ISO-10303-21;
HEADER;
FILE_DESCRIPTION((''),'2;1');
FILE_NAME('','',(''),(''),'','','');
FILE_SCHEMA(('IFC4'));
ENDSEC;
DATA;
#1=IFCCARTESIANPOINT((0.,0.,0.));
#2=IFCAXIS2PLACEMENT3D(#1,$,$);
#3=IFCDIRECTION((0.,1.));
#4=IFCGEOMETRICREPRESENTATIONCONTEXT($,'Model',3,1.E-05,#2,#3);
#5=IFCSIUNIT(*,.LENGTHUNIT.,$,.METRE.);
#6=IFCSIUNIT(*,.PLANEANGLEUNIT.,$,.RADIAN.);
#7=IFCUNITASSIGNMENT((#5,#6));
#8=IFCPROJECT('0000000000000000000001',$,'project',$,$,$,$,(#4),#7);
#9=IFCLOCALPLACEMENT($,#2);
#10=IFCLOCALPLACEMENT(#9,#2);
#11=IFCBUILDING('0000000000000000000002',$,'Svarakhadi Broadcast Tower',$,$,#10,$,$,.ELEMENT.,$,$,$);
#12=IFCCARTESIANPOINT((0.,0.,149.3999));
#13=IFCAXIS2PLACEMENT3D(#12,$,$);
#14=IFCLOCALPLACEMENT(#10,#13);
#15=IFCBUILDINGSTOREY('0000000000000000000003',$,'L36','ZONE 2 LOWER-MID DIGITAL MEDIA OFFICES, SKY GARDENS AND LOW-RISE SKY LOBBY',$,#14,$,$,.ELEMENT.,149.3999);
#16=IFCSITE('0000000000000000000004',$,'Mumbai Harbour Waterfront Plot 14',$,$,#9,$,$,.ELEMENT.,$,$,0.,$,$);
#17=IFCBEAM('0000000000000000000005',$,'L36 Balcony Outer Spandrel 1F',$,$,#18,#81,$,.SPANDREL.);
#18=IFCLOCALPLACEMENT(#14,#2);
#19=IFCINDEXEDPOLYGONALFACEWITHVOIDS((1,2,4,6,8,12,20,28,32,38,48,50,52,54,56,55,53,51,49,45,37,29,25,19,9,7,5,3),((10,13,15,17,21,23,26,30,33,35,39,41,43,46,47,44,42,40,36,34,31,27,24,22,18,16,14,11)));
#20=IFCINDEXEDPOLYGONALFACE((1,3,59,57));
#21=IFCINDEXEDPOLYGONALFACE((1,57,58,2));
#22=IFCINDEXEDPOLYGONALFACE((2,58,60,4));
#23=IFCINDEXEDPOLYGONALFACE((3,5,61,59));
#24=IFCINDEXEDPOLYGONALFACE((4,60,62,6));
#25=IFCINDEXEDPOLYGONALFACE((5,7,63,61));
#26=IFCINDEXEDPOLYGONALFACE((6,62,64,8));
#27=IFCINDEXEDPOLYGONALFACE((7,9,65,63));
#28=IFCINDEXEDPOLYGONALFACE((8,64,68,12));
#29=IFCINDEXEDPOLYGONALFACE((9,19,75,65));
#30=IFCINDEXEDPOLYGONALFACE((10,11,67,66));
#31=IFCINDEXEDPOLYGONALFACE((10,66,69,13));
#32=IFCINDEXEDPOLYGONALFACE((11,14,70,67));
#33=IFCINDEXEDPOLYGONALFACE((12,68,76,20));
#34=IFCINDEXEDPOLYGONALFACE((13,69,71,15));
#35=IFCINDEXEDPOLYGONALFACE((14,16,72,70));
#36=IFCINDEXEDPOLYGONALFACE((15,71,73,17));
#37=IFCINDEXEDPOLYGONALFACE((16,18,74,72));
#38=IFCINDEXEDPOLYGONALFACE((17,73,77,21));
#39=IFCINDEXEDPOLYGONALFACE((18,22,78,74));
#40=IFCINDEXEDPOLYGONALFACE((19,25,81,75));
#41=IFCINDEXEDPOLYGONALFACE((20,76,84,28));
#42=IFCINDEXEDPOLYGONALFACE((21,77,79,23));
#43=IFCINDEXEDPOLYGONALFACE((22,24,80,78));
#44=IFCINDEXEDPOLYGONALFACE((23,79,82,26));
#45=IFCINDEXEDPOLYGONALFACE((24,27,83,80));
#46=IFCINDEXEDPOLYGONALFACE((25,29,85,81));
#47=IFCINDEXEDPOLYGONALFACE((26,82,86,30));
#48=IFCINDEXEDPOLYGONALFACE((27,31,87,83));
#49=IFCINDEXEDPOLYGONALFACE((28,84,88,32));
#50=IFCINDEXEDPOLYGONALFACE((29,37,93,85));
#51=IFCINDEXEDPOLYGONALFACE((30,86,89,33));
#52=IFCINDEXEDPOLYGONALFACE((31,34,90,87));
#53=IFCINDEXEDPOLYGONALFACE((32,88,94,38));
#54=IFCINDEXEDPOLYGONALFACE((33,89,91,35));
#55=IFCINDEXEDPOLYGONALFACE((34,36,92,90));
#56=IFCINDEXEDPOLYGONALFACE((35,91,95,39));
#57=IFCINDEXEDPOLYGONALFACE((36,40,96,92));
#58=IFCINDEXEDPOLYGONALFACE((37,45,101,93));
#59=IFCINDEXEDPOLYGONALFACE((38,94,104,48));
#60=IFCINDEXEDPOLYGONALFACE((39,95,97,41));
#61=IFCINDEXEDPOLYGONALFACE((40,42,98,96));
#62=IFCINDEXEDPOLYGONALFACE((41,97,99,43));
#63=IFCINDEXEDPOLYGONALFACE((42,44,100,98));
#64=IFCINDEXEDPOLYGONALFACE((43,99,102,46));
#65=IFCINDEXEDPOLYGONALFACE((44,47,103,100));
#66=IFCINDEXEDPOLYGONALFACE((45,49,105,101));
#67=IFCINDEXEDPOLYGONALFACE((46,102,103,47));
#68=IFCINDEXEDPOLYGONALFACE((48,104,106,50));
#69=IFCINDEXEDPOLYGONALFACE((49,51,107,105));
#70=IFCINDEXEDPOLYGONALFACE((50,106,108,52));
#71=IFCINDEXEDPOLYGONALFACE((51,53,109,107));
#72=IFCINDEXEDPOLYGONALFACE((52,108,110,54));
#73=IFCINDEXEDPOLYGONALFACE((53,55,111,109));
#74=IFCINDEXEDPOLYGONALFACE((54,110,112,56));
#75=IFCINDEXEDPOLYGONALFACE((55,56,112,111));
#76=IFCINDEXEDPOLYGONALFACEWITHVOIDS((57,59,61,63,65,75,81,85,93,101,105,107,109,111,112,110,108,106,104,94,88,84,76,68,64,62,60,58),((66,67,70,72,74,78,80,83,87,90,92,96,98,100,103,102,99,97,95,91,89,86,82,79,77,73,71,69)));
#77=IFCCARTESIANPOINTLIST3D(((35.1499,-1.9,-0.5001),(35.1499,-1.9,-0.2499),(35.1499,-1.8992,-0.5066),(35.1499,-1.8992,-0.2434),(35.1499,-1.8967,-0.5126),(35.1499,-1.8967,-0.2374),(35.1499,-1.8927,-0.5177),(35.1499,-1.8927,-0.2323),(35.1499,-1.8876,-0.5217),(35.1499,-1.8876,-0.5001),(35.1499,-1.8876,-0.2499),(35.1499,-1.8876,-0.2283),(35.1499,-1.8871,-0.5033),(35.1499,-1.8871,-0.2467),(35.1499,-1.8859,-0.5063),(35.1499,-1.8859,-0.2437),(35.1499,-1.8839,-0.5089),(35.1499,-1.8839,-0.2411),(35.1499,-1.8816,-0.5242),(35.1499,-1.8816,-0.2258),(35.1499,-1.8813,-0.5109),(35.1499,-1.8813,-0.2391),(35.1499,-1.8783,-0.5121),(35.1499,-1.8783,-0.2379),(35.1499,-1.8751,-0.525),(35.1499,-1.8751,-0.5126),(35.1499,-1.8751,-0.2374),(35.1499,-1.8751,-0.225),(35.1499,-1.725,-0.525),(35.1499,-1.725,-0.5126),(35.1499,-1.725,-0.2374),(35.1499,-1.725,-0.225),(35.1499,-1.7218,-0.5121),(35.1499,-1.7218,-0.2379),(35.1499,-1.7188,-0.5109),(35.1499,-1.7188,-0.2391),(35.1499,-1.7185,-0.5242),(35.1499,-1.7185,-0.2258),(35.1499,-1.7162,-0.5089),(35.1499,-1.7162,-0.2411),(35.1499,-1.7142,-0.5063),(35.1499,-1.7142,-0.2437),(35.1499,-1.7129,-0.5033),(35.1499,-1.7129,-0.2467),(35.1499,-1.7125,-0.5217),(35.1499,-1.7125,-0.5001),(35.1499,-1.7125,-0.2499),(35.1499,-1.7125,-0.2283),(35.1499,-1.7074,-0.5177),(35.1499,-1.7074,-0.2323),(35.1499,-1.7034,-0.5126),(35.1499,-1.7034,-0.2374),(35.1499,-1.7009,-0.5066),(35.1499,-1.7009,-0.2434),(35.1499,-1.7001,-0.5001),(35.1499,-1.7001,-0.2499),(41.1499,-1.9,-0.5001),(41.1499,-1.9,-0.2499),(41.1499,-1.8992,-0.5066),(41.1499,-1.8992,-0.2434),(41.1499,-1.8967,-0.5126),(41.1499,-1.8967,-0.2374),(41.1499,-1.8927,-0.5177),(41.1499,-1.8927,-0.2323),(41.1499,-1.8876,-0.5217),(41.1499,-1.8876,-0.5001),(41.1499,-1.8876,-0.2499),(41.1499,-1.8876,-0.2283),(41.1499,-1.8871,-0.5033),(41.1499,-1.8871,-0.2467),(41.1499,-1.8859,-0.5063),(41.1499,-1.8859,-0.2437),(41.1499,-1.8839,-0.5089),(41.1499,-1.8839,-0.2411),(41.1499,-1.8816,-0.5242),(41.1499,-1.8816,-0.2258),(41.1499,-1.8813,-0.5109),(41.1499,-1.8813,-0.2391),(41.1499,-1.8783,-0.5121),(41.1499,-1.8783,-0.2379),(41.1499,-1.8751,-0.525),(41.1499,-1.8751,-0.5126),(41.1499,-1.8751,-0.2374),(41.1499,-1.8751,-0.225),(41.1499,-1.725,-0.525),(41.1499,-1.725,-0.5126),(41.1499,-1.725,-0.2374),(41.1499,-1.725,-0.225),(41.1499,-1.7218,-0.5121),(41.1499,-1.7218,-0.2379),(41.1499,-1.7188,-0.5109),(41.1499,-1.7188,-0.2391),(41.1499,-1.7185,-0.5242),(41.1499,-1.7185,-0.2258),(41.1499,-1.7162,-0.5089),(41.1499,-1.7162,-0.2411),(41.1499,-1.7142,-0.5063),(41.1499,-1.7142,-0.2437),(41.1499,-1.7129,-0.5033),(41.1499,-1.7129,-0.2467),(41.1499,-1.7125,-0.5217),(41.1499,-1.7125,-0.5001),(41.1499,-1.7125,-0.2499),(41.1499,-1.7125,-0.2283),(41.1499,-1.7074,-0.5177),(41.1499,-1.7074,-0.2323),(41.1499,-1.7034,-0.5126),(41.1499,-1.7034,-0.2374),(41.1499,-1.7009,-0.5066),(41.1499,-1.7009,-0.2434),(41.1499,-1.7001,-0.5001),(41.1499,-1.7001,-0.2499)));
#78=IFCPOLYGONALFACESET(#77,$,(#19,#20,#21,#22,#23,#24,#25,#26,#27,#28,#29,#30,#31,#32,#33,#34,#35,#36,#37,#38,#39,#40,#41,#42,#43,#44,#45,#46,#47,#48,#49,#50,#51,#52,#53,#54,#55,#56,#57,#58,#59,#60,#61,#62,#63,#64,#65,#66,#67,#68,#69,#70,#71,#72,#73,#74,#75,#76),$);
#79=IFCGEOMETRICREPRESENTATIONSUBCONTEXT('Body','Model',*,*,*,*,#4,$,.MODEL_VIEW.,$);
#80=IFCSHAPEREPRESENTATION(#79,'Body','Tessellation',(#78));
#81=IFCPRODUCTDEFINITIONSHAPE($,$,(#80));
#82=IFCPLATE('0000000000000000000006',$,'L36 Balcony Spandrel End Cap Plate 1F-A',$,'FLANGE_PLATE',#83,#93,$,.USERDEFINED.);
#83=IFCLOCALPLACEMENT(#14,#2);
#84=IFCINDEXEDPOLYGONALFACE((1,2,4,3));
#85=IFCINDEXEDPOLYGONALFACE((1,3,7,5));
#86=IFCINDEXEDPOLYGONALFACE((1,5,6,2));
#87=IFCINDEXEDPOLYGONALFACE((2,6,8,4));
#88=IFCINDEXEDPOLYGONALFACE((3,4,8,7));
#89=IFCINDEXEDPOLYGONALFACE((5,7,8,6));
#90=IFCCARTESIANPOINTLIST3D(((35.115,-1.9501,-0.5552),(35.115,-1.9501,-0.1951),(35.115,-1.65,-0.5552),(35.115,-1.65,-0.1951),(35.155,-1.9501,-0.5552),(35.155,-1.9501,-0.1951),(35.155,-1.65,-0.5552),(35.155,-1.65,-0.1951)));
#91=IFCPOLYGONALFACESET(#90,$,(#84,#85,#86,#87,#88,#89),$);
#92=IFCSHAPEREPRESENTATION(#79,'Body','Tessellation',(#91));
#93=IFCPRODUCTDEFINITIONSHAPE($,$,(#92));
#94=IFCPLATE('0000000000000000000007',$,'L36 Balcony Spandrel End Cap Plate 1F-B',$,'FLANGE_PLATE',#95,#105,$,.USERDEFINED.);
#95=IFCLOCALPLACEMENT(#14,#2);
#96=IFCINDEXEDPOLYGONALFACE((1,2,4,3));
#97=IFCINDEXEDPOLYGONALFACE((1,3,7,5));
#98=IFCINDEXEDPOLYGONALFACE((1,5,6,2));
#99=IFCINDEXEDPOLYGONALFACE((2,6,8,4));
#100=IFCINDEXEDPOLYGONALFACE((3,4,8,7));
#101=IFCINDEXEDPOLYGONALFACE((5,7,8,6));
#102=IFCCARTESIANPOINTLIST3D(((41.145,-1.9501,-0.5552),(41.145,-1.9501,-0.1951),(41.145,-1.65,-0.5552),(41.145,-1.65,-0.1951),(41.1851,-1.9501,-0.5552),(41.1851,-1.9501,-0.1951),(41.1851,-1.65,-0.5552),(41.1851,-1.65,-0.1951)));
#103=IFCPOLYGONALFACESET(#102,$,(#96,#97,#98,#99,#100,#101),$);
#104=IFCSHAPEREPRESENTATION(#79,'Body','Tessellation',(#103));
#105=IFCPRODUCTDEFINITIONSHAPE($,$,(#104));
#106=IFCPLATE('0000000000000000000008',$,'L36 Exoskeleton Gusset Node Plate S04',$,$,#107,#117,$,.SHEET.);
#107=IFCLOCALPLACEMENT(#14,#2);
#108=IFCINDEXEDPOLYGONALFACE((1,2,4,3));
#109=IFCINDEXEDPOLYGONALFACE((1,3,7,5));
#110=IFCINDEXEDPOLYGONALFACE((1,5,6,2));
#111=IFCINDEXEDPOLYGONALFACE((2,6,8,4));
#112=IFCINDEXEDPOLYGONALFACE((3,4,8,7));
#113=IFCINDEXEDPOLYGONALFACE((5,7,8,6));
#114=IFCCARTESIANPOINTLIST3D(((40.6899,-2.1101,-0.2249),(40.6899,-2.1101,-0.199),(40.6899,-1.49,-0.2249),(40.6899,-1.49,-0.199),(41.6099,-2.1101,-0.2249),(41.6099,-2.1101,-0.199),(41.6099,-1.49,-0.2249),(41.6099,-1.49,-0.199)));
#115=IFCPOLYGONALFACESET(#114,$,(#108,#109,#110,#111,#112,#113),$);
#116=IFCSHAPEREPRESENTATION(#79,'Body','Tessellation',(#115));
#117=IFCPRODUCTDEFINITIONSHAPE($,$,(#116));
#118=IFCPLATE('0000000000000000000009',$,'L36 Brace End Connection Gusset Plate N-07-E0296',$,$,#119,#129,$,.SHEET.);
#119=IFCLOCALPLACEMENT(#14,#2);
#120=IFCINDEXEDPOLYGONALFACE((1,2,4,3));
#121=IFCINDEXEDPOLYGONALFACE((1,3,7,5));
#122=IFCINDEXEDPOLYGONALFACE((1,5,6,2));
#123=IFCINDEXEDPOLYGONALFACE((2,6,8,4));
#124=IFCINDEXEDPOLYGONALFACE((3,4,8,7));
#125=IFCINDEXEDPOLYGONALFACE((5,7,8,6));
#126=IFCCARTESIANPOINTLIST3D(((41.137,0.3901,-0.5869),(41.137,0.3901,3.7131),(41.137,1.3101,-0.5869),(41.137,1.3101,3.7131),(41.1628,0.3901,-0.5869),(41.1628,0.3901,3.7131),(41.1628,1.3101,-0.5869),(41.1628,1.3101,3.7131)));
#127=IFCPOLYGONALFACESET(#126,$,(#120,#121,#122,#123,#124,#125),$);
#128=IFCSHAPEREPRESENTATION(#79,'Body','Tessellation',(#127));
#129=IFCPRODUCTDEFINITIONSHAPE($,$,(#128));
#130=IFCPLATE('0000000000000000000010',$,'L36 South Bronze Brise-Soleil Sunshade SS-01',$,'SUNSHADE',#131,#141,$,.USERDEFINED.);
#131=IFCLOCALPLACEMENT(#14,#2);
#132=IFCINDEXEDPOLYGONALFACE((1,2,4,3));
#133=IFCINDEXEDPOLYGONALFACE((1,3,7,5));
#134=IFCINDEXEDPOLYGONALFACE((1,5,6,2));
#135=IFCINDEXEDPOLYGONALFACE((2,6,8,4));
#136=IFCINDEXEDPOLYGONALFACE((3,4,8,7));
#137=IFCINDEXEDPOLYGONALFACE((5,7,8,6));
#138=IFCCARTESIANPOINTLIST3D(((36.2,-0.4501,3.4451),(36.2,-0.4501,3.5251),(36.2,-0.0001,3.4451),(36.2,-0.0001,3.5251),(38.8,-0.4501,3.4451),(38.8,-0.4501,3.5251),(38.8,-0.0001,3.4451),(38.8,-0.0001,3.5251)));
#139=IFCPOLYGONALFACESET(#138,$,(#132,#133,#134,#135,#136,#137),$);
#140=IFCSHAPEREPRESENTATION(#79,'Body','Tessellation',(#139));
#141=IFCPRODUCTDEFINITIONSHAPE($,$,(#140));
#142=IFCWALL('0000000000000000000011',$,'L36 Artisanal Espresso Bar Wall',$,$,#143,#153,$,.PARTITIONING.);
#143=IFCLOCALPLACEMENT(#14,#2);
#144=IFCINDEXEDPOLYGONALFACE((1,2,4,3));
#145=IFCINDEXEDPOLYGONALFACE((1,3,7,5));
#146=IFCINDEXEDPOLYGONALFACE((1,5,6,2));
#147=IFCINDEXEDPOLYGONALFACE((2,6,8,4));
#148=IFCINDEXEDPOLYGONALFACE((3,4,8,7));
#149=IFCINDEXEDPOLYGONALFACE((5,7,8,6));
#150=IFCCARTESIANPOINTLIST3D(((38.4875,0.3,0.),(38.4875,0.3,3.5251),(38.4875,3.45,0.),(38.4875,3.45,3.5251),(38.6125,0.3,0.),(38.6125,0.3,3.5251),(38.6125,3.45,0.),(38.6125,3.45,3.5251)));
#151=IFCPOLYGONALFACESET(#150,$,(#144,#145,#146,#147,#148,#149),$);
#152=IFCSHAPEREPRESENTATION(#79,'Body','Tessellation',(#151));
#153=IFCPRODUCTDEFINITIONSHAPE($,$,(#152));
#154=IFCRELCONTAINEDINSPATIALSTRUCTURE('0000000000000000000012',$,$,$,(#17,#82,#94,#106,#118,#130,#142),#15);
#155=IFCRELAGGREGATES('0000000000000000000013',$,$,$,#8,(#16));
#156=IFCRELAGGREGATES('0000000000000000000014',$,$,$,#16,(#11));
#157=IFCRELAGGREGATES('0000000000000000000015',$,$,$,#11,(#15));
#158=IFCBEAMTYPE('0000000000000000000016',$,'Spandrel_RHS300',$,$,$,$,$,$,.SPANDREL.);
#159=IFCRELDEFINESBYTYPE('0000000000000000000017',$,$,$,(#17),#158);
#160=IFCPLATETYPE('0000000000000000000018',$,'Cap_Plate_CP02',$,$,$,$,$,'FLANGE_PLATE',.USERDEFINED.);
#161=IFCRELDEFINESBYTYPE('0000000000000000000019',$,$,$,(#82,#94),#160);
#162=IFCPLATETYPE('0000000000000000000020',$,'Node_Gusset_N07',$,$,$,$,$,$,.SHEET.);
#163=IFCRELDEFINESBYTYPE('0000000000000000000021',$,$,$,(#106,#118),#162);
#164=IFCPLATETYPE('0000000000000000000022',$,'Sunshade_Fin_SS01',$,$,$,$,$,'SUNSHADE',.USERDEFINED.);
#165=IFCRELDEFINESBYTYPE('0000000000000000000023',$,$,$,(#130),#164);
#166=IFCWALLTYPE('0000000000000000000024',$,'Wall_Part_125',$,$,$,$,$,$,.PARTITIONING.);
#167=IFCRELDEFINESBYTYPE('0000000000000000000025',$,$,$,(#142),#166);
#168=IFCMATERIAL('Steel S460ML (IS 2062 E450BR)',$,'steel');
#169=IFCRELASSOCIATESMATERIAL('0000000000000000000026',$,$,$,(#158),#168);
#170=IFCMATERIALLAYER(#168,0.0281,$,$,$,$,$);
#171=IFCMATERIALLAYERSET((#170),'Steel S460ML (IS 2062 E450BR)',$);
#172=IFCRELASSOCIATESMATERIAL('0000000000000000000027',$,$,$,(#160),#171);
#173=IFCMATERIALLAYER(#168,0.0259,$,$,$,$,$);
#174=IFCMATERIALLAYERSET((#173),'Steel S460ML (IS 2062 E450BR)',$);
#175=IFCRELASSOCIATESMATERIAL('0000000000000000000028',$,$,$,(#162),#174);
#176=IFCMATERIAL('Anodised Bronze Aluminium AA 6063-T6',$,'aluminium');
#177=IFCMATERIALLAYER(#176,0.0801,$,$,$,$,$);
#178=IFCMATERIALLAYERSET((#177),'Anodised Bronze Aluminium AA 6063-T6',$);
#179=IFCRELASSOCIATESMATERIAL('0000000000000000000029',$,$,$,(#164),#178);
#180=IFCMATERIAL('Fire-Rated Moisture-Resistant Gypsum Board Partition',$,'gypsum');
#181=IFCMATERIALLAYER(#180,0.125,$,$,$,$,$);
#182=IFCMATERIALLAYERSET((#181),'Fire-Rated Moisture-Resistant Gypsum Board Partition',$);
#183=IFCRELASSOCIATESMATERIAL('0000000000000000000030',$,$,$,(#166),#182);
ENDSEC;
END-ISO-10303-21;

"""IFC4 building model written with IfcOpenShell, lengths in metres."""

from ifc_helpers import new_model, si_unit, direction, frame, frame_2d, origin, origin_2d, place, context, subcontext, project, spatial, rectangle, hollow_rectangle, extrude, material, layer, layer_set, material_profile, profile_set, type_object, element, save


model = new_model("IFC4")

# Units and contexts
model_context = context("Model", 3, precision=1e-05, world=origin(), true_north=direction((0.0, 1.0)))
body_context = subcontext(model_context, "Body", "Model", "MODEL_VIEW")
ifc_project = project(units=[si_unit("LENGTHUNIT", "METRE"), si_unit("PLANEANGLEUNIT", "RADIAN")], contexts=[model_context])

# Site, building, storey
site_placement = place(None, origin())
site = spatial("IfcSite", under=ifc_project, at=site_placement, Name="Mumbai Harbour Waterfront Plot 14", CompositionType="ELEMENT", RefElevation=0.0)
building_placement = place(site_placement, origin())
building = spatial("IfcBuilding", under=site, at=building_placement, Name="Svarakhadi Broadcast Tower", CompositionType="ELEMENT")
storey_placement = place(building_placement, frame((0.0, 0.0, 149.3999)))
storey = spatial("IfcBuildingStorey", under=building, at=storey_placement, Name="L36", Description="ZONE 2 LOWER-MID DIGITAL MEDIA OFFICES, SKY GARDENS AND LOW-RISE SKY LOBBY", CompositionType="ELEMENT", Elevation=149.3999)

# Shared definitions
ifc_material_1 = material(Name="Steel S460ML (IS 2062 E450BR)", Category="steel")

# Beam
ifc_material_profile_1 = material_profile(ifc_material_1, hollow_rectangle(XDim=0.2, YDim=0.3, WallThickness=0.0125, InnerFilletRadius=0.0125, OuterFilletRadius=0.0249, at=origin_2d()), Name="RHS 300x200x12.5")
ifc_profile_set_1 = profile_set([ifc_material_profile_1], Name="Steel S460ML (IS 2062 E450BR)")
beam_type_1 = type_object("IfcBeamType", Name="Spandrel_RHS300", PredefinedType="SPANDREL", material=ifc_profile_set_1)
beam_1_placement = place(storey_placement, frame((35.1499, -1.8, -0.375), z_axis=(1.0, 0.0, 0.0), x_axis=(0.0, 1.0, 0.0)))
element("IfcBeam", 1, at=beam_1_placement, inside=storey, type_object=beam_type_1, Name="L36 Balcony Outer Spandrel 1F", PredefinedType="SPANDREL", context=body_context, shape_type="SweptSolid", body=[
    extrude(hollow_rectangle(XDim=0.2, YDim=0.3, WallThickness=0.0125, InnerFilletRadius=0.0125, OuterFilletRadius=0.0249, at=origin_2d()), origin(), (0.0, 0.0, 1.0), 6.0),
])

# Plates
ifc_layer_1 = layer(ifc_material_1, 0.0281)
ifc_layer_set_1 = layer_set([ifc_layer_1], Name="Steel S460ML (IS 2062 E450BR)")
plate_type_1 = type_object("IfcPlateType", Name="Cap_Plate_CP02", ElementType="FLANGE_PLATE", PredefinedType="USERDEFINED", material=ifc_layer_set_1)
for number, where, z_axis, x_axis, name in (
    (2, (35.135, -1.8, -0.5552), (0.0, 0.0, 1.0), (1.0, 0.0, 0.0), "L36 Balcony Spandrel End Cap Plate 1F-A"),
    (3, (41.165, -1.8, -0.5552), (0.0, 0.0, 1.0), (1.0, 0.0, 0.0), "L36 Balcony Spandrel End Cap Plate 1F-B"),
):
    element("IfcPlate", number, at=place(storey_placement, frame(where, z_axis=z_axis, x_axis=x_axis)), inside=storey, type_object=plate_type_1, Name=name, ObjectType="FLANGE_PLATE", PredefinedType="USERDEFINED", context=body_context, shape_type="SweptSolid", body=[
        extrude(rectangle(XDim=0.04, YDim=0.3, at=origin_2d()), origin(), (0.0, 0.0, 1.0), 0.3601),
    ])
ifc_layer_2 = layer(ifc_material_1, 0.0259)
ifc_layer_set_2 = layer_set([ifc_layer_2], Name="Steel S460ML (IS 2062 E450BR)")
plate_type_2 = type_object("IfcPlateType", Name="Node_Gusset_N07", PredefinedType="SHEET", material=ifc_layer_set_2)
plate_1_placement = place(storey_placement, frame((41.1499, -1.8, -0.2249), z_axis=(0.0, 0.0, 1.0), x_axis=(1.0, 0.0, 0.0)))
element("IfcPlate", 4, at=plate_1_placement, inside=storey, type_object=plate_type_2, Name="L36 Exoskeleton Gusset Node Plate S04", PredefinedType="SHEET", context=body_context, shape_type="SweptSolid", body=[
    extrude(rectangle(XDim=0.9199, YDim=0.6201, at=origin_2d()), origin(), (0.0, 0.0, 1.0), 0.0259),
])
plate_2_placement = place(storey_placement, frame((41.1499, 0.8501, -0.5869), z_axis=(0.0, 0.0, 1.0), x_axis=(0.0, 1.0, 0.0)))
element("IfcPlate", 5, at=plate_2_placement, inside=storey, type_object=plate_type_2, Name="L36 Brace End Connection Gusset Plate N-07-E0296", PredefinedType="SHEET", context=body_context, shape_type="SweptSolid", body=[
    extrude(rectangle(XDim=0.9199, YDim=0.0259, at=origin_2d()), origin(), (0.0, 0.0, 1.0), 4.3),
])
ifc_material_2 = material(Name="Anodised Bronze Aluminium AA 6063-T6", Category="aluminium")
ifc_layer_3 = layer(ifc_material_2, 0.0801)
ifc_layer_set_3 = layer_set([ifc_layer_3], Name="Anodised Bronze Aluminium AA 6063-T6")
plate_type_3 = type_object("IfcPlateType", Name="Sunshade_Fin_SS01", ElementType="SUNSHADE", PredefinedType="USERDEFINED", material=ifc_layer_set_3)
plate_3_placement = place(storey_placement, frame((37.5, -0.2251, 3.4451), z_axis=(0.0, 0.0, 1.0), x_axis=(1.0, 0.0, 0.0)))
element("IfcPlate", 6, at=plate_3_placement, inside=storey, type_object=plate_type_3, Name="L36 South Bronze Brise-Soleil Sunshade SS-01", ObjectType="SUNSHADE", PredefinedType="USERDEFINED", context=body_context, shape_type="SweptSolid", body=[
    extrude(rectangle(XDim=2.6001, YDim=0.45, at=origin_2d()), origin(), (0.0, 0.0, 1.0), 0.0801),
])

# Wall
ifc_material_3 = material(Name="Fire-Rated Moisture-Resistant Gypsum Board Partition", Category="gypsum")
ifc_layer_4 = layer(ifc_material_3, 0.125)
ifc_layer_set_4 = layer_set([ifc_layer_4], Name="Fire-Rated Moisture-Resistant Gypsum Board Partition")
wall_type = type_object("IfcWallType", Name="Wall_Part_125", PredefinedType="PARTITIONING", material=ifc_layer_set_4)
wall_placement = place(storey_placement, frame((38.55, 0.3, 0.0), z_axis=(0.0, 0.0, 1.0), x_axis=(0.0, 1.0, 0.0)))
element("IfcWall", 7, at=wall_placement, inside=storey, type_object=wall_type, Name="L36 Artisanal Espresso Bar Wall", PredefinedType="PARTITIONING", context=body_context, shape_type="SweptSolid", body=[
    extrude(rectangle(XDim=3.1499, YDim=0.125, at=frame_2d((1.575, 0.0))), origin(), (0.0, 0.0, 1.0), 3.5251),
])

save(model, "model.ifc")
